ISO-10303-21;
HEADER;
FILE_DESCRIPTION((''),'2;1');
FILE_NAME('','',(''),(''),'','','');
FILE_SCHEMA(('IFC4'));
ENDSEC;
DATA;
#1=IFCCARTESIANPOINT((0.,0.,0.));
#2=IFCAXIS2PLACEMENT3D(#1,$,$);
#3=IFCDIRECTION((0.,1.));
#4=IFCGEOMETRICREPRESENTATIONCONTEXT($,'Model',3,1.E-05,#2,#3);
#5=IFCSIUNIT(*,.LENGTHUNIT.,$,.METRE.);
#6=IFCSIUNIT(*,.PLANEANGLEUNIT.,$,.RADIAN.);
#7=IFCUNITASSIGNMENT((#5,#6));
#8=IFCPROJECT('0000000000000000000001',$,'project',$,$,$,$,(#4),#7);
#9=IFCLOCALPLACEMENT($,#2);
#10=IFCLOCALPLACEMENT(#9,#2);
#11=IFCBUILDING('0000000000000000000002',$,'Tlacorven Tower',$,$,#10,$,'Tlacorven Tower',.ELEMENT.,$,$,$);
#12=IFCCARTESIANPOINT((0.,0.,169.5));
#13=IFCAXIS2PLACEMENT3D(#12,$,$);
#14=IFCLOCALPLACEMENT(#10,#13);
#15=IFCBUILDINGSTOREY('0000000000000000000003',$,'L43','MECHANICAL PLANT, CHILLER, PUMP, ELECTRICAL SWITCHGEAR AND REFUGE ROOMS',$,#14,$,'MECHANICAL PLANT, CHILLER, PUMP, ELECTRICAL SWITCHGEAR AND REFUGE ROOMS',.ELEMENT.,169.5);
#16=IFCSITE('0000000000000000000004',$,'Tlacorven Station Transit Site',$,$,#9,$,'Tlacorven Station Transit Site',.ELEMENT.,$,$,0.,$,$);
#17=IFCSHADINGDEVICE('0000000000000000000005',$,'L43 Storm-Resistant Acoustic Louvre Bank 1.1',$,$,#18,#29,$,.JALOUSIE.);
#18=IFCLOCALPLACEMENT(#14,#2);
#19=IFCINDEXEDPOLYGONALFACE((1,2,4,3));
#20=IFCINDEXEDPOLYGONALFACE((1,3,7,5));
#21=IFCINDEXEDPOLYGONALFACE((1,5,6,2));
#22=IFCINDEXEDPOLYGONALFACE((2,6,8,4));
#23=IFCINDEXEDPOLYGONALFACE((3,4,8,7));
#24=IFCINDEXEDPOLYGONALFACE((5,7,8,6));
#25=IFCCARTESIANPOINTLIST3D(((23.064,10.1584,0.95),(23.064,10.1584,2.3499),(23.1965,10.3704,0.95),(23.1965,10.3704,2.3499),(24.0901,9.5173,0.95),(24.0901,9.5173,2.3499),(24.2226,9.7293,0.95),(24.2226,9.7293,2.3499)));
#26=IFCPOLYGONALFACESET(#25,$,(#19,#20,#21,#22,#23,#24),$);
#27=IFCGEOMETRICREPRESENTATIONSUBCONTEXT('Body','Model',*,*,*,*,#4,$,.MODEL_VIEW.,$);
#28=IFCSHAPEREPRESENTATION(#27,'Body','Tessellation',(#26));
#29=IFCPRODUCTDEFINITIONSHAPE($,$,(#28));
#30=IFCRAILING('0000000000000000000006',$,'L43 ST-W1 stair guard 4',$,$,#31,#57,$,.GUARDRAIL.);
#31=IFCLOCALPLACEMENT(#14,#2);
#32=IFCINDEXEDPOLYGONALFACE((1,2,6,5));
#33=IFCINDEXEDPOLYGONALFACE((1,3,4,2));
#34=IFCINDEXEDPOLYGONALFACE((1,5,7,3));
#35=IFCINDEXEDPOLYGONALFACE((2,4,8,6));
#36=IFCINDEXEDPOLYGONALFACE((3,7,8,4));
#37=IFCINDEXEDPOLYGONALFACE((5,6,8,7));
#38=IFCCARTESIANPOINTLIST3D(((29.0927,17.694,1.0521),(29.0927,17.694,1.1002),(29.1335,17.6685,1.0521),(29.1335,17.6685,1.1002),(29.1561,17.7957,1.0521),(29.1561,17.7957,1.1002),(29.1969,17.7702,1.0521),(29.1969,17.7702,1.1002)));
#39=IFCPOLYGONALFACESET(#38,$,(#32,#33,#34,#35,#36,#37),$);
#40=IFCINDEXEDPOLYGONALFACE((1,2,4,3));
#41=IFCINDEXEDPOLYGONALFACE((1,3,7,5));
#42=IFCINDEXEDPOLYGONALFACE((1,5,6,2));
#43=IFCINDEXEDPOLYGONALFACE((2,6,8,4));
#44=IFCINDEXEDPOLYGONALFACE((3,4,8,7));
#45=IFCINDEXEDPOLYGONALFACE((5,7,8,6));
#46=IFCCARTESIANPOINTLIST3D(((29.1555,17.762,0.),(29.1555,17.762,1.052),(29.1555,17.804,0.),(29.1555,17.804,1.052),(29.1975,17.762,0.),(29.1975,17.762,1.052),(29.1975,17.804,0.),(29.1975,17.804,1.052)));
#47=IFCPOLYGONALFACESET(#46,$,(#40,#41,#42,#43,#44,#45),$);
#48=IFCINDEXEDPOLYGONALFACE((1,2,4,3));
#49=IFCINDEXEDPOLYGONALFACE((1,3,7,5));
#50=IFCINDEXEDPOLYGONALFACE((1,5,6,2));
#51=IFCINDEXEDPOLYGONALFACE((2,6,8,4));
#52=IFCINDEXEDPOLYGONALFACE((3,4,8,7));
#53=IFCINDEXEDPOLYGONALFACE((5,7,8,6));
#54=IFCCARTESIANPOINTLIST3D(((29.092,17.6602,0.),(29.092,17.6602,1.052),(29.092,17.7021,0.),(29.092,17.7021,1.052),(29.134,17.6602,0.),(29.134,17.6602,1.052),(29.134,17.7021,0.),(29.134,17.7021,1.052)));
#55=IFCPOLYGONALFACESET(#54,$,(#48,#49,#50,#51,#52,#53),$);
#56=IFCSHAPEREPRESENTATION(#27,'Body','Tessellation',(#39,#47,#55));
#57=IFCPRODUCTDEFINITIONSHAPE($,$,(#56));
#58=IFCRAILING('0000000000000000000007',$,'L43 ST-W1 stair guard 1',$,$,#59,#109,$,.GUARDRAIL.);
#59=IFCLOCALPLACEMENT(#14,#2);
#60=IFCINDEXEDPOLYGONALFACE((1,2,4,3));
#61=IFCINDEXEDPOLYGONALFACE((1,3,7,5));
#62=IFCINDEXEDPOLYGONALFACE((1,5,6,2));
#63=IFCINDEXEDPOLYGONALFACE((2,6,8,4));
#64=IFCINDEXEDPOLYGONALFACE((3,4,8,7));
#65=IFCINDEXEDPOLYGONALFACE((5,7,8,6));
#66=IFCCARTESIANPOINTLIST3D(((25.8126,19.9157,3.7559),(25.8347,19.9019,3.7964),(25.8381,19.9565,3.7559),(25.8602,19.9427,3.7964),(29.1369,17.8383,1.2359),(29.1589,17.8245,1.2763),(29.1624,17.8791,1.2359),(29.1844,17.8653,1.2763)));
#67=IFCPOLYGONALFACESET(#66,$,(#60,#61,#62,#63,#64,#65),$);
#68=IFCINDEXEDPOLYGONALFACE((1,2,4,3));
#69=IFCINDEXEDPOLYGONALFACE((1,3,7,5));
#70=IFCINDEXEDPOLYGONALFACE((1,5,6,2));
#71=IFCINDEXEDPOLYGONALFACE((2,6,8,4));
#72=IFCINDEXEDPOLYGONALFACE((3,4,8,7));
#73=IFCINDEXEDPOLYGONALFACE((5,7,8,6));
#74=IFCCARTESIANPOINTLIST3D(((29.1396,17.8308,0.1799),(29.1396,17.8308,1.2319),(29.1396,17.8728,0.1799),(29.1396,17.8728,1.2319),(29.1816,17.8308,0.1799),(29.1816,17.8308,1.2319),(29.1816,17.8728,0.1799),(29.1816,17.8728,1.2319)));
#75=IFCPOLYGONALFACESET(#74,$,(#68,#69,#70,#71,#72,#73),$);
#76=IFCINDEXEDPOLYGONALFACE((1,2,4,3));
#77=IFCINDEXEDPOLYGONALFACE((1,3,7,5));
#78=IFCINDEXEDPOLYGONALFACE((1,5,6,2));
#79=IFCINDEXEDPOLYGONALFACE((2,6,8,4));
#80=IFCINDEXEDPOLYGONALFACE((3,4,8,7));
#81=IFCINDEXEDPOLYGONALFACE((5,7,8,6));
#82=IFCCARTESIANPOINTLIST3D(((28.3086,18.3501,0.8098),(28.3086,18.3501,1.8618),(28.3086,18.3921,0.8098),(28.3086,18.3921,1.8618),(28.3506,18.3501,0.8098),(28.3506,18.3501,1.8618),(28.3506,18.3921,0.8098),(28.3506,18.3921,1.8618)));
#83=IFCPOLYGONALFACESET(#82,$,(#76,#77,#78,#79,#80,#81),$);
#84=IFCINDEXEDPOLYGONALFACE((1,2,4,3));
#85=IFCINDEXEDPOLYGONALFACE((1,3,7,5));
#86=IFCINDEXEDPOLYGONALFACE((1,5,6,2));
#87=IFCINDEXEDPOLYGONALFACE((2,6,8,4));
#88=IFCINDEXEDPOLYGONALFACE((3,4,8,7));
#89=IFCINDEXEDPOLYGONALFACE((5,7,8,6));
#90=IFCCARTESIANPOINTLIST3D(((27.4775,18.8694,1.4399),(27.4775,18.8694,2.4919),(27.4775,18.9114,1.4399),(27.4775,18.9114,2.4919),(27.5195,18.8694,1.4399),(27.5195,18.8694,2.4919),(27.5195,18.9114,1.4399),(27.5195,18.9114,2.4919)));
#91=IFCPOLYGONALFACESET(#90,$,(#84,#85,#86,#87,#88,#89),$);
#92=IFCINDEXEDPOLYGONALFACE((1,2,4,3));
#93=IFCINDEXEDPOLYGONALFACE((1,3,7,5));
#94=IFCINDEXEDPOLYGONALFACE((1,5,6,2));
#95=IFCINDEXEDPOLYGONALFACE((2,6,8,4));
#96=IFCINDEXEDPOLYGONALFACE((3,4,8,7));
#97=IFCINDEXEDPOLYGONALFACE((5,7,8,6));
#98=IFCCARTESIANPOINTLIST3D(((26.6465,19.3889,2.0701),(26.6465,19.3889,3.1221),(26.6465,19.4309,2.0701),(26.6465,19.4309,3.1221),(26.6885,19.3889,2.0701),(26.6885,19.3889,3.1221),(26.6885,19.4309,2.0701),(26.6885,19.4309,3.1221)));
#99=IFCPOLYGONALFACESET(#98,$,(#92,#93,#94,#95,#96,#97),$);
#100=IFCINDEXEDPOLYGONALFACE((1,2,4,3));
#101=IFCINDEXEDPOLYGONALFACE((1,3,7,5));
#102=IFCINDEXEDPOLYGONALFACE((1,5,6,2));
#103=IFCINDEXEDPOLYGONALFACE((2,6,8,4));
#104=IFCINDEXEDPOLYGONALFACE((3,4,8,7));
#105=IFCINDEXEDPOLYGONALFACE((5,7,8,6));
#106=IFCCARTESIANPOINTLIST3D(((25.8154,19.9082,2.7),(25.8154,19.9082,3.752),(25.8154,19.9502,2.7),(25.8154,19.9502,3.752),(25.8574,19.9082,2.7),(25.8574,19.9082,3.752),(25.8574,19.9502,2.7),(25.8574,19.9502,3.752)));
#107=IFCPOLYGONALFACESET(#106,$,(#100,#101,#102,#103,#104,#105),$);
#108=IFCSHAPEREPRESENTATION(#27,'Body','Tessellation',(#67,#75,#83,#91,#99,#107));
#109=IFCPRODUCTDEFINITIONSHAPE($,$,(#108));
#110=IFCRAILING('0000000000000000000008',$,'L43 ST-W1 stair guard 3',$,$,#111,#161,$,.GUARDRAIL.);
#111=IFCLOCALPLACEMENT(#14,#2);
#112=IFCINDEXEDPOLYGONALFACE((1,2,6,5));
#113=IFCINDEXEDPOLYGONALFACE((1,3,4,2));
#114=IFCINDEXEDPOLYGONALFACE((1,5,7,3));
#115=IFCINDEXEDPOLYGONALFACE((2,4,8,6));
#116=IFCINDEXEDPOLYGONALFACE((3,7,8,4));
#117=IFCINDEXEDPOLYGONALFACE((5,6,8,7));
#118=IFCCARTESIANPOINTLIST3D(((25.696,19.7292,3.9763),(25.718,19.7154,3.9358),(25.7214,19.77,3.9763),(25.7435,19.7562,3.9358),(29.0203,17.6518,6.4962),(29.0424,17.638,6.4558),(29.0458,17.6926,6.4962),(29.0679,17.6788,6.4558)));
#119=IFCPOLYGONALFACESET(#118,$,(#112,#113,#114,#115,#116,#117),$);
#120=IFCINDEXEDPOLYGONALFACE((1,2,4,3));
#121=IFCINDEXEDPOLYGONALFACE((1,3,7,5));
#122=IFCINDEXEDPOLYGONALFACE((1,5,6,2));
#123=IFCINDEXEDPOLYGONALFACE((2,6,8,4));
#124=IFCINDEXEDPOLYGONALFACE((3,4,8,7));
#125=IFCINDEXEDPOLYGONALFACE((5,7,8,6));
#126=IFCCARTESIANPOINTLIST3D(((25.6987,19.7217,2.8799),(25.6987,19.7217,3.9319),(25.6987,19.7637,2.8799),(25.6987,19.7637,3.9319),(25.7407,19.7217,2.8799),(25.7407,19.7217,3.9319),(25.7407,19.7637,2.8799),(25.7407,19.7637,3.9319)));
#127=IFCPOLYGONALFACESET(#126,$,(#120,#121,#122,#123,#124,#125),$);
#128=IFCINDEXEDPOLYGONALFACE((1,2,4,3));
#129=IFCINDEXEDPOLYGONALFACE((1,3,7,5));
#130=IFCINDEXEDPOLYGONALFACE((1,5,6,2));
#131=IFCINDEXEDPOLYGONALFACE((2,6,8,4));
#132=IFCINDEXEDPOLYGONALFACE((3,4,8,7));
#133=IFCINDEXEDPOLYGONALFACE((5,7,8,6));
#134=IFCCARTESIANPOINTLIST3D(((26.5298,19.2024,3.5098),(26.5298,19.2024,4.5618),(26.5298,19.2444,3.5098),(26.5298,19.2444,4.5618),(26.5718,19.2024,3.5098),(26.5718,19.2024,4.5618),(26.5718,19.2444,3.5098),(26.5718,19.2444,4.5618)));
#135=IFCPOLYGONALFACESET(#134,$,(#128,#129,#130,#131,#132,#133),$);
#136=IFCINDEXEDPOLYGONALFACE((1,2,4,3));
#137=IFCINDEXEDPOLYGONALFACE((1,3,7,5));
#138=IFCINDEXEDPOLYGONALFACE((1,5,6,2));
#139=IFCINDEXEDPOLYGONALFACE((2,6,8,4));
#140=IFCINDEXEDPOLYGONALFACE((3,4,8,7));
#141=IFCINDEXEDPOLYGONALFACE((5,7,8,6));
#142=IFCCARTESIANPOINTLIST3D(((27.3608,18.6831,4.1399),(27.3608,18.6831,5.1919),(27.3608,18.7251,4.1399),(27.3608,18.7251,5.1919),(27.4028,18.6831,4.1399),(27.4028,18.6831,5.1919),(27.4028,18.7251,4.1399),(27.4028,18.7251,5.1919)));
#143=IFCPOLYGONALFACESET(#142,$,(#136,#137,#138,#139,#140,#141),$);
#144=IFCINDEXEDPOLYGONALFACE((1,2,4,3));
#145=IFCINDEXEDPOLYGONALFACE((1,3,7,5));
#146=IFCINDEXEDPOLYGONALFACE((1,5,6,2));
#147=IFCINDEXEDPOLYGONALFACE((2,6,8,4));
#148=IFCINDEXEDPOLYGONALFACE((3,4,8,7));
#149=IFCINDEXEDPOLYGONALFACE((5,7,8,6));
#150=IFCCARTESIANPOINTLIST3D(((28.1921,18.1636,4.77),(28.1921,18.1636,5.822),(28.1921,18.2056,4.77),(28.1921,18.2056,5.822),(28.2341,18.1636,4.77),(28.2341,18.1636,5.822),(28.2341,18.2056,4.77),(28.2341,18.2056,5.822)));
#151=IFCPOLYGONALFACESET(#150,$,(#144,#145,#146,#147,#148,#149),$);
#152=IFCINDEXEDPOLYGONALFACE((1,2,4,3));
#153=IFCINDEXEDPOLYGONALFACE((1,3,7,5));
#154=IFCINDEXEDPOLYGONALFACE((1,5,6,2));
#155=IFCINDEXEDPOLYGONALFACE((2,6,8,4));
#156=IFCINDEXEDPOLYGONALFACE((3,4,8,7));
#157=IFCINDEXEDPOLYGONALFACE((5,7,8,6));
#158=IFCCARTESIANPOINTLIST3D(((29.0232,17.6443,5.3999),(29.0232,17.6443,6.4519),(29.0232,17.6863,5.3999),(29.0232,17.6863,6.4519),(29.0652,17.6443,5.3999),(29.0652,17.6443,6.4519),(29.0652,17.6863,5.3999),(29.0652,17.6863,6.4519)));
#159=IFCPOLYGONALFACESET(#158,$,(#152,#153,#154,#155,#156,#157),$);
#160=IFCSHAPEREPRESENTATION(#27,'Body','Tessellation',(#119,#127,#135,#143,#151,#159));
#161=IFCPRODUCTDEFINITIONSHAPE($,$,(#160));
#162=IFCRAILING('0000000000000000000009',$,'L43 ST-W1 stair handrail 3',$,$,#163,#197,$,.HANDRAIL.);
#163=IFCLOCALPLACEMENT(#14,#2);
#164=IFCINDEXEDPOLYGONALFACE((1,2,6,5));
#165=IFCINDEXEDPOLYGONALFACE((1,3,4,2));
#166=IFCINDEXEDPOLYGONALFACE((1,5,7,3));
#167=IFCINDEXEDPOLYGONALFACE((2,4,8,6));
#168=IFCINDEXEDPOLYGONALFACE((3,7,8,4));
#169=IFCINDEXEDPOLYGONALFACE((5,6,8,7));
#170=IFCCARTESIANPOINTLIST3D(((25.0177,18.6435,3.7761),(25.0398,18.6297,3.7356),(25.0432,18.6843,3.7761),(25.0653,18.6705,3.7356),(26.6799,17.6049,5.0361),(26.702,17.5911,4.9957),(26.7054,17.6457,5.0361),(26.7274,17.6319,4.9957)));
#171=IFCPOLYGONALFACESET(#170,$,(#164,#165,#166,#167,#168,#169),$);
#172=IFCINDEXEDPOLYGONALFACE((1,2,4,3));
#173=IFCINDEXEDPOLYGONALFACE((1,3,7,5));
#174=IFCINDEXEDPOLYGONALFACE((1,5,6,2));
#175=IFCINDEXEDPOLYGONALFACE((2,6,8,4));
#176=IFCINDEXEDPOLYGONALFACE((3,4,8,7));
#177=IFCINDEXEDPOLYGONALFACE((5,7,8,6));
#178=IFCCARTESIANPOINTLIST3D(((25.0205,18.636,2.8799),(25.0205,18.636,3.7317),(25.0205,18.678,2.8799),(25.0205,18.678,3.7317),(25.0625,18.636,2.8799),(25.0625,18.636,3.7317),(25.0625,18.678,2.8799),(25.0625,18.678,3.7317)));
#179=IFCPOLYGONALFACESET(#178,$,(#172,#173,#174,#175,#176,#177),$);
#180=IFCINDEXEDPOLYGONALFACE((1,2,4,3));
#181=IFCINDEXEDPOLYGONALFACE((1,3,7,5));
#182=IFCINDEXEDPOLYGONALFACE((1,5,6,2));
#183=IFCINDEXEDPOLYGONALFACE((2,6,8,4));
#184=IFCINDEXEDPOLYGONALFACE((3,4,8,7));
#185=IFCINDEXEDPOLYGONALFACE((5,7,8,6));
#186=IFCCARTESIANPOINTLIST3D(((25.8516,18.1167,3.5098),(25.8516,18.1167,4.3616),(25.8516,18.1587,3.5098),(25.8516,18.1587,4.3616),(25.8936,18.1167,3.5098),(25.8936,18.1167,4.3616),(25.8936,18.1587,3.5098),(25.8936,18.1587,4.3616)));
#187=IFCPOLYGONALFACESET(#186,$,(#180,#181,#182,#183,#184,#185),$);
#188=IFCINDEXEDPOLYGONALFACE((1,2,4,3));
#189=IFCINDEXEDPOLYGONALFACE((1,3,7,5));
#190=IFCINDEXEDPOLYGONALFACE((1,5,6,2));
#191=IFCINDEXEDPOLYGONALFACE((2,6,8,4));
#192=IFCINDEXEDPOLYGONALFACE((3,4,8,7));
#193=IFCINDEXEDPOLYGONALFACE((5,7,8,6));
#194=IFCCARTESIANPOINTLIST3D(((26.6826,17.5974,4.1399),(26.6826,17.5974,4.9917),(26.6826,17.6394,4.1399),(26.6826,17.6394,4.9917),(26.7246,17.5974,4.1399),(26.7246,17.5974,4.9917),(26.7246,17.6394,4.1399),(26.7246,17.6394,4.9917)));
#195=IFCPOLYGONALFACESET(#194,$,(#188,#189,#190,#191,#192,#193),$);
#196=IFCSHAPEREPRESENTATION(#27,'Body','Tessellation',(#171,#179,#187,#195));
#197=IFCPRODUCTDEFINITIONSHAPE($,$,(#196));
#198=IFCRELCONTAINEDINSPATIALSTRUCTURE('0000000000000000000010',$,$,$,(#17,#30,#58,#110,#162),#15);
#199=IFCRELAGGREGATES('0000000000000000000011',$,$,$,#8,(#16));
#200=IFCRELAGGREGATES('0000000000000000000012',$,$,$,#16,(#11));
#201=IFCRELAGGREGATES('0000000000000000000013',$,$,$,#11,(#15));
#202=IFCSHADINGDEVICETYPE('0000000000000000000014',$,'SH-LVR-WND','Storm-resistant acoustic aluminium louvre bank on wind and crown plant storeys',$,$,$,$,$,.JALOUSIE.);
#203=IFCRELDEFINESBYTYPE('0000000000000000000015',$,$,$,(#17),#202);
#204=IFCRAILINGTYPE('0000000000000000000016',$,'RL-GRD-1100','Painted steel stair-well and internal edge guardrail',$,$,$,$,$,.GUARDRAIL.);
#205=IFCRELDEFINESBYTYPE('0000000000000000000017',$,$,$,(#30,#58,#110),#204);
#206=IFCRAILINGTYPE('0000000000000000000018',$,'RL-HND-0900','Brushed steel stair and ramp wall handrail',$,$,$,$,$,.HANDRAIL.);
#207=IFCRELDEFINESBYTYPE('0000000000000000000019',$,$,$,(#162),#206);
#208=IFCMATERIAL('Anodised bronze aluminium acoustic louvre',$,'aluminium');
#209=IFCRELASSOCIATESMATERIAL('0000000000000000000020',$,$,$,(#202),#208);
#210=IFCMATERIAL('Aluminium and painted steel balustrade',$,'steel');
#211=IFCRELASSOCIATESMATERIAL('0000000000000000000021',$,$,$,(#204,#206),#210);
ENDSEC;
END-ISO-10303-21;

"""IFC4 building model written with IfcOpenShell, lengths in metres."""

from ifc_helpers import new_model, si_unit, direction, frame, origin, origin_2d, place, context, subcontext, project, spatial, rectangle, extrude, source, transform, mapped, material, type_object, element, save


model = new_model("IFC4")

# Units and contexts
model_context = context("Model", 3, precision=1e-05, world=origin(), true_north=direction((0.0, 1.0)))
body_context = subcontext(model_context, "Body", "Model", "MODEL_VIEW")
ifc_project = project(units=[si_unit("LENGTHUNIT", "METRE"), si_unit("PLANEANGLEUNIT", "RADIAN")], contexts=[model_context])

# Site, building, storey
site_placement = place(None, origin())
site = spatial("IfcSite", under=ifc_project, at=site_placement, Name="Tlacorven Station Transit Site", LongName="Tlacorven Station Transit Site", CompositionType="ELEMENT", RefElevation=0.0)
building_placement = place(site_placement, origin())
building = spatial("IfcBuilding", under=site, at=building_placement, Name="Tlacorven Tower", LongName="Tlacorven Tower", CompositionType="ELEMENT")
storey_placement = place(building_placement, frame((0.0, 0.0, 169.5)))
storey = spatial("IfcBuildingStorey", under=building, at=storey_placement, Name="L43", Description="MECHANICAL PLANT, CHILLER, PUMP, ELECTRICAL SWITCHGEAR AND REFUGE ROOMS", LongName="MECHANICAL PLANT, CHILLER, PUMP, ELECTRICAL SWITCHGEAR AND REFUGE ROOMS", CompositionType="ELEMENT", Elevation=169.5)

# Shared definitions
ifc_material_1 = material(Name="Aluminium and painted steel balustrade", Category="steel")

# Shading device
ifc_material_2 = material(Name="Anodised bronze aluminium acoustic louvre", Category="aluminium")
shading_device_type = type_object("IfcShadingDeviceType", Name="SH-LVR-WND", Description="Storm-resistant acoustic aluminium louvre bank on wind and crown plant storeys", PredefinedType="JALOUSIE", material=ifc_material_2)
shared_shape_1 = source(origin(), body_context, "Body", "SweptSolid", [
    extrude(rectangle(XDim=1.21, YDim=0.25, at=origin_2d()), origin(), (0.0, 0.0, 1.0), 1.3999),
])
shading_device_placement = place(storey_placement, frame((23.6433, 9.9438, 0.95), z_axis=(0.0, 0.0, 1.0), x_axis=(-0.848048, 0.529919, 0.0)))
element("IfcShadingDevice", 1, at=shading_device_placement, inside=storey, type_object=shading_device_type, Name="L43 Storm-Resistant Acoustic Louvre Bank 1.1", PredefinedType="JALOUSIE", context=body_context, shape_type="MappedRepresentation", body=[
    mapped(shared_shape_1, transform((0.0, 0.0, 0.0), scale=1.0)),
])

# Railings
railing_type_1 = type_object("IfcRailingType", Name="RL-GRD-1100", Description="Painted steel stair-well and internal edge guardrail", PredefinedType="GUARDRAIL", material=ifc_material_1)
shared_shape_2 = source(origin(), body_context, "Body", "SweptSolid", [
    extrude(rectangle(XDim=0.0481, YDim=0.0481, at=origin_2d()), frame((0.0, 0.0, 1.0762), z_axis=(-0.529084, -0.848569, 0.0), x_axis=(0.848569, -0.529084, 0.0)), (0.0, 0.0, 1.0), 0.1199),
    extrude(rectangle(XDim=0.042, YDim=0.042, at=origin_2d()), origin(), (0.0, 0.0, 1.0), 1.052),
    extrude(rectangle(XDim=0.042, YDim=0.042, at=origin_2d()), frame((-0.0635, -0.1018, 0.0)), (0.0, 0.0, 1.0), 1.052),
])
railing_1_placement = place(storey_placement, frame((29.1765, 17.783, 0.0)))
element("IfcRailing", 2, at=railing_1_placement, inside=storey, type_object=railing_type_1, Name="L43 ST-W1 stair guard 4", PredefinedType="GUARDRAIL", context=body_context, shape_type="MappedRepresentation", body=[
    mapped(shared_shape_2, transform((0.0, 0.0, 0.0), scale=1.0)),
])
shared_shape_3 = source(origin(), body_context, "Body", "SweptSolid", [
    extrude(rectangle(XDim=0.0481, YDim=0.0481, at=origin_2d()), frame((0.0, 0.0, 1.0762), z_axis=(-0.713337, 0.445783, 0.540766), x_axis=(-0.529954, -0.848026, 0.0)), (0.0, 0.0, 1.0), 4.6602),
    extrude(rectangle(XDim=0.042, YDim=0.042, at=origin_2d()), origin(), (0.0, 0.0, 1.0), 1.052),
    extrude(rectangle(XDim=0.042, YDim=0.042, at=origin_2d()), frame((-0.8311, 0.5193, 0.6299)), (0.0, 0.0, 1.0), 1.052),
    extrude(rectangle(XDim=0.042, YDim=0.042, at=origin_2d()), frame((-1.6621, 1.0386, 1.26)), (0.0, 0.0, 1.0), 1.052),
    extrude(rectangle(XDim=0.042, YDim=0.042, at=origin_2d()), frame((-2.4932, 1.5581, 1.8901)), (0.0, 0.0, 1.0), 1.052),
    extrude(rectangle(XDim=0.042, YDim=0.042, at=origin_2d()), frame((-3.3242, 2.0774, 2.52)), (0.0, 0.0, 1.0), 1.052),
])
railing_2_placement = place(storey_placement, frame((29.1606, 17.8518, 0.1799)))
element("IfcRailing", 3, at=railing_2_placement, inside=storey, type_object=railing_type_1, Name="L43 ST-W1 stair guard 1", PredefinedType="GUARDRAIL", context=body_context, shape_type="MappedRepresentation", body=[
    mapped(shared_shape_3, transform((0.0, 0.0, 0.0), scale=1.0)),
])
shared_shape_4 = source(origin(), body_context, "Body", "SweptSolid", [
    extrude(rectangle(XDim=0.0481, YDim=0.0481, at=origin_2d()), frame((0.0, 0.0, 1.0762), z_axis=(0.713363, -0.445767, 0.540745), x_axis=(0.529926, 0.848044, 0.0)), (0.0, 0.0, 1.0), 4.6602),
    extrude(rectangle(XDim=0.042, YDim=0.042, at=origin_2d()), origin(), (0.0, 0.0, 1.0), 1.052),
    extrude(rectangle(XDim=0.042, YDim=0.042, at=origin_2d()), frame((0.8311, -0.5193, 0.6299)), (0.0, 0.0, 1.0), 1.052),
    extrude(rectangle(XDim=0.042, YDim=0.042, at=origin_2d()), frame((1.6621, -1.0386, 1.26)), (0.0, 0.0, 1.0), 1.052),
    extrude(rectangle(XDim=0.042, YDim=0.042, at=origin_2d()), frame((2.4934, -1.5581, 1.8901)), (0.0, 0.0, 1.0), 1.052),
    extrude(rectangle(XDim=0.042, YDim=0.042, at=origin_2d()), frame((3.3245, -2.0774, 2.52)), (0.0, 0.0, 1.0), 1.052),
])
railing_3_placement = place(storey_placement, frame((25.7197, 19.7427, 2.8799)))
element("IfcRailing", 4, at=railing_3_placement, inside=storey, type_object=railing_type_1, Name="L43 ST-W1 stair guard 3", PredefinedType="GUARDRAIL", context=body_context, shape_type="MappedRepresentation", body=[
    mapped(shared_shape_4, transform((0.0, 0.0, 0.0), scale=1.0)),
])
railing_type_2 = type_object("IfcRailingType", Name="RL-HND-0900", Description="Brushed steel stair and ramp wall handrail", PredefinedType="HANDRAIL", material=ifc_material_1)
shared_shape_5 = source(origin(), body_context, "Body", "SweptSolid", [
    extrude(rectangle(XDim=0.0481, YDim=0.0481, at=origin_2d()), frame((0.0, 0.0, 0.876), z_axis=(0.713354, -0.445741, 0.540778), x_axis=(0.529909, 0.848054, 0.0)), (0.0, 0.0, 1.0), 2.3301),
    extrude(rectangle(XDim=0.042, YDim=0.042, at=origin_2d()), origin(), (0.0, 0.0, 1.0), 0.8518),
    extrude(rectangle(XDim=0.042, YDim=0.042, at=origin_2d()), frame((0.8311, -0.5193, 0.6299)), (0.0, 0.0, 1.0), 0.8518),
    extrude(rectangle(XDim=0.042, YDim=0.042, at=origin_2d()), frame((1.6621, -1.0386, 1.26)), (0.0, 0.0, 1.0), 0.8518),
])
for number, where, name in (
    (5, (25.0415, 18.657, 2.8799), "L43 ST-W1 stair handrail 3"),
):
    element("IfcRailing", number, at=place(storey_placement, frame(where)), inside=storey, type_object=railing_type_2, Name=name, PredefinedType="HANDRAIL", context=body_context, shape_type="MappedRepresentation", body=[
        mapped(shared_shape_5, transform((0.0, 0.0, 0.0), scale=1.0)),
    ])

save(model, "model.ifc")
